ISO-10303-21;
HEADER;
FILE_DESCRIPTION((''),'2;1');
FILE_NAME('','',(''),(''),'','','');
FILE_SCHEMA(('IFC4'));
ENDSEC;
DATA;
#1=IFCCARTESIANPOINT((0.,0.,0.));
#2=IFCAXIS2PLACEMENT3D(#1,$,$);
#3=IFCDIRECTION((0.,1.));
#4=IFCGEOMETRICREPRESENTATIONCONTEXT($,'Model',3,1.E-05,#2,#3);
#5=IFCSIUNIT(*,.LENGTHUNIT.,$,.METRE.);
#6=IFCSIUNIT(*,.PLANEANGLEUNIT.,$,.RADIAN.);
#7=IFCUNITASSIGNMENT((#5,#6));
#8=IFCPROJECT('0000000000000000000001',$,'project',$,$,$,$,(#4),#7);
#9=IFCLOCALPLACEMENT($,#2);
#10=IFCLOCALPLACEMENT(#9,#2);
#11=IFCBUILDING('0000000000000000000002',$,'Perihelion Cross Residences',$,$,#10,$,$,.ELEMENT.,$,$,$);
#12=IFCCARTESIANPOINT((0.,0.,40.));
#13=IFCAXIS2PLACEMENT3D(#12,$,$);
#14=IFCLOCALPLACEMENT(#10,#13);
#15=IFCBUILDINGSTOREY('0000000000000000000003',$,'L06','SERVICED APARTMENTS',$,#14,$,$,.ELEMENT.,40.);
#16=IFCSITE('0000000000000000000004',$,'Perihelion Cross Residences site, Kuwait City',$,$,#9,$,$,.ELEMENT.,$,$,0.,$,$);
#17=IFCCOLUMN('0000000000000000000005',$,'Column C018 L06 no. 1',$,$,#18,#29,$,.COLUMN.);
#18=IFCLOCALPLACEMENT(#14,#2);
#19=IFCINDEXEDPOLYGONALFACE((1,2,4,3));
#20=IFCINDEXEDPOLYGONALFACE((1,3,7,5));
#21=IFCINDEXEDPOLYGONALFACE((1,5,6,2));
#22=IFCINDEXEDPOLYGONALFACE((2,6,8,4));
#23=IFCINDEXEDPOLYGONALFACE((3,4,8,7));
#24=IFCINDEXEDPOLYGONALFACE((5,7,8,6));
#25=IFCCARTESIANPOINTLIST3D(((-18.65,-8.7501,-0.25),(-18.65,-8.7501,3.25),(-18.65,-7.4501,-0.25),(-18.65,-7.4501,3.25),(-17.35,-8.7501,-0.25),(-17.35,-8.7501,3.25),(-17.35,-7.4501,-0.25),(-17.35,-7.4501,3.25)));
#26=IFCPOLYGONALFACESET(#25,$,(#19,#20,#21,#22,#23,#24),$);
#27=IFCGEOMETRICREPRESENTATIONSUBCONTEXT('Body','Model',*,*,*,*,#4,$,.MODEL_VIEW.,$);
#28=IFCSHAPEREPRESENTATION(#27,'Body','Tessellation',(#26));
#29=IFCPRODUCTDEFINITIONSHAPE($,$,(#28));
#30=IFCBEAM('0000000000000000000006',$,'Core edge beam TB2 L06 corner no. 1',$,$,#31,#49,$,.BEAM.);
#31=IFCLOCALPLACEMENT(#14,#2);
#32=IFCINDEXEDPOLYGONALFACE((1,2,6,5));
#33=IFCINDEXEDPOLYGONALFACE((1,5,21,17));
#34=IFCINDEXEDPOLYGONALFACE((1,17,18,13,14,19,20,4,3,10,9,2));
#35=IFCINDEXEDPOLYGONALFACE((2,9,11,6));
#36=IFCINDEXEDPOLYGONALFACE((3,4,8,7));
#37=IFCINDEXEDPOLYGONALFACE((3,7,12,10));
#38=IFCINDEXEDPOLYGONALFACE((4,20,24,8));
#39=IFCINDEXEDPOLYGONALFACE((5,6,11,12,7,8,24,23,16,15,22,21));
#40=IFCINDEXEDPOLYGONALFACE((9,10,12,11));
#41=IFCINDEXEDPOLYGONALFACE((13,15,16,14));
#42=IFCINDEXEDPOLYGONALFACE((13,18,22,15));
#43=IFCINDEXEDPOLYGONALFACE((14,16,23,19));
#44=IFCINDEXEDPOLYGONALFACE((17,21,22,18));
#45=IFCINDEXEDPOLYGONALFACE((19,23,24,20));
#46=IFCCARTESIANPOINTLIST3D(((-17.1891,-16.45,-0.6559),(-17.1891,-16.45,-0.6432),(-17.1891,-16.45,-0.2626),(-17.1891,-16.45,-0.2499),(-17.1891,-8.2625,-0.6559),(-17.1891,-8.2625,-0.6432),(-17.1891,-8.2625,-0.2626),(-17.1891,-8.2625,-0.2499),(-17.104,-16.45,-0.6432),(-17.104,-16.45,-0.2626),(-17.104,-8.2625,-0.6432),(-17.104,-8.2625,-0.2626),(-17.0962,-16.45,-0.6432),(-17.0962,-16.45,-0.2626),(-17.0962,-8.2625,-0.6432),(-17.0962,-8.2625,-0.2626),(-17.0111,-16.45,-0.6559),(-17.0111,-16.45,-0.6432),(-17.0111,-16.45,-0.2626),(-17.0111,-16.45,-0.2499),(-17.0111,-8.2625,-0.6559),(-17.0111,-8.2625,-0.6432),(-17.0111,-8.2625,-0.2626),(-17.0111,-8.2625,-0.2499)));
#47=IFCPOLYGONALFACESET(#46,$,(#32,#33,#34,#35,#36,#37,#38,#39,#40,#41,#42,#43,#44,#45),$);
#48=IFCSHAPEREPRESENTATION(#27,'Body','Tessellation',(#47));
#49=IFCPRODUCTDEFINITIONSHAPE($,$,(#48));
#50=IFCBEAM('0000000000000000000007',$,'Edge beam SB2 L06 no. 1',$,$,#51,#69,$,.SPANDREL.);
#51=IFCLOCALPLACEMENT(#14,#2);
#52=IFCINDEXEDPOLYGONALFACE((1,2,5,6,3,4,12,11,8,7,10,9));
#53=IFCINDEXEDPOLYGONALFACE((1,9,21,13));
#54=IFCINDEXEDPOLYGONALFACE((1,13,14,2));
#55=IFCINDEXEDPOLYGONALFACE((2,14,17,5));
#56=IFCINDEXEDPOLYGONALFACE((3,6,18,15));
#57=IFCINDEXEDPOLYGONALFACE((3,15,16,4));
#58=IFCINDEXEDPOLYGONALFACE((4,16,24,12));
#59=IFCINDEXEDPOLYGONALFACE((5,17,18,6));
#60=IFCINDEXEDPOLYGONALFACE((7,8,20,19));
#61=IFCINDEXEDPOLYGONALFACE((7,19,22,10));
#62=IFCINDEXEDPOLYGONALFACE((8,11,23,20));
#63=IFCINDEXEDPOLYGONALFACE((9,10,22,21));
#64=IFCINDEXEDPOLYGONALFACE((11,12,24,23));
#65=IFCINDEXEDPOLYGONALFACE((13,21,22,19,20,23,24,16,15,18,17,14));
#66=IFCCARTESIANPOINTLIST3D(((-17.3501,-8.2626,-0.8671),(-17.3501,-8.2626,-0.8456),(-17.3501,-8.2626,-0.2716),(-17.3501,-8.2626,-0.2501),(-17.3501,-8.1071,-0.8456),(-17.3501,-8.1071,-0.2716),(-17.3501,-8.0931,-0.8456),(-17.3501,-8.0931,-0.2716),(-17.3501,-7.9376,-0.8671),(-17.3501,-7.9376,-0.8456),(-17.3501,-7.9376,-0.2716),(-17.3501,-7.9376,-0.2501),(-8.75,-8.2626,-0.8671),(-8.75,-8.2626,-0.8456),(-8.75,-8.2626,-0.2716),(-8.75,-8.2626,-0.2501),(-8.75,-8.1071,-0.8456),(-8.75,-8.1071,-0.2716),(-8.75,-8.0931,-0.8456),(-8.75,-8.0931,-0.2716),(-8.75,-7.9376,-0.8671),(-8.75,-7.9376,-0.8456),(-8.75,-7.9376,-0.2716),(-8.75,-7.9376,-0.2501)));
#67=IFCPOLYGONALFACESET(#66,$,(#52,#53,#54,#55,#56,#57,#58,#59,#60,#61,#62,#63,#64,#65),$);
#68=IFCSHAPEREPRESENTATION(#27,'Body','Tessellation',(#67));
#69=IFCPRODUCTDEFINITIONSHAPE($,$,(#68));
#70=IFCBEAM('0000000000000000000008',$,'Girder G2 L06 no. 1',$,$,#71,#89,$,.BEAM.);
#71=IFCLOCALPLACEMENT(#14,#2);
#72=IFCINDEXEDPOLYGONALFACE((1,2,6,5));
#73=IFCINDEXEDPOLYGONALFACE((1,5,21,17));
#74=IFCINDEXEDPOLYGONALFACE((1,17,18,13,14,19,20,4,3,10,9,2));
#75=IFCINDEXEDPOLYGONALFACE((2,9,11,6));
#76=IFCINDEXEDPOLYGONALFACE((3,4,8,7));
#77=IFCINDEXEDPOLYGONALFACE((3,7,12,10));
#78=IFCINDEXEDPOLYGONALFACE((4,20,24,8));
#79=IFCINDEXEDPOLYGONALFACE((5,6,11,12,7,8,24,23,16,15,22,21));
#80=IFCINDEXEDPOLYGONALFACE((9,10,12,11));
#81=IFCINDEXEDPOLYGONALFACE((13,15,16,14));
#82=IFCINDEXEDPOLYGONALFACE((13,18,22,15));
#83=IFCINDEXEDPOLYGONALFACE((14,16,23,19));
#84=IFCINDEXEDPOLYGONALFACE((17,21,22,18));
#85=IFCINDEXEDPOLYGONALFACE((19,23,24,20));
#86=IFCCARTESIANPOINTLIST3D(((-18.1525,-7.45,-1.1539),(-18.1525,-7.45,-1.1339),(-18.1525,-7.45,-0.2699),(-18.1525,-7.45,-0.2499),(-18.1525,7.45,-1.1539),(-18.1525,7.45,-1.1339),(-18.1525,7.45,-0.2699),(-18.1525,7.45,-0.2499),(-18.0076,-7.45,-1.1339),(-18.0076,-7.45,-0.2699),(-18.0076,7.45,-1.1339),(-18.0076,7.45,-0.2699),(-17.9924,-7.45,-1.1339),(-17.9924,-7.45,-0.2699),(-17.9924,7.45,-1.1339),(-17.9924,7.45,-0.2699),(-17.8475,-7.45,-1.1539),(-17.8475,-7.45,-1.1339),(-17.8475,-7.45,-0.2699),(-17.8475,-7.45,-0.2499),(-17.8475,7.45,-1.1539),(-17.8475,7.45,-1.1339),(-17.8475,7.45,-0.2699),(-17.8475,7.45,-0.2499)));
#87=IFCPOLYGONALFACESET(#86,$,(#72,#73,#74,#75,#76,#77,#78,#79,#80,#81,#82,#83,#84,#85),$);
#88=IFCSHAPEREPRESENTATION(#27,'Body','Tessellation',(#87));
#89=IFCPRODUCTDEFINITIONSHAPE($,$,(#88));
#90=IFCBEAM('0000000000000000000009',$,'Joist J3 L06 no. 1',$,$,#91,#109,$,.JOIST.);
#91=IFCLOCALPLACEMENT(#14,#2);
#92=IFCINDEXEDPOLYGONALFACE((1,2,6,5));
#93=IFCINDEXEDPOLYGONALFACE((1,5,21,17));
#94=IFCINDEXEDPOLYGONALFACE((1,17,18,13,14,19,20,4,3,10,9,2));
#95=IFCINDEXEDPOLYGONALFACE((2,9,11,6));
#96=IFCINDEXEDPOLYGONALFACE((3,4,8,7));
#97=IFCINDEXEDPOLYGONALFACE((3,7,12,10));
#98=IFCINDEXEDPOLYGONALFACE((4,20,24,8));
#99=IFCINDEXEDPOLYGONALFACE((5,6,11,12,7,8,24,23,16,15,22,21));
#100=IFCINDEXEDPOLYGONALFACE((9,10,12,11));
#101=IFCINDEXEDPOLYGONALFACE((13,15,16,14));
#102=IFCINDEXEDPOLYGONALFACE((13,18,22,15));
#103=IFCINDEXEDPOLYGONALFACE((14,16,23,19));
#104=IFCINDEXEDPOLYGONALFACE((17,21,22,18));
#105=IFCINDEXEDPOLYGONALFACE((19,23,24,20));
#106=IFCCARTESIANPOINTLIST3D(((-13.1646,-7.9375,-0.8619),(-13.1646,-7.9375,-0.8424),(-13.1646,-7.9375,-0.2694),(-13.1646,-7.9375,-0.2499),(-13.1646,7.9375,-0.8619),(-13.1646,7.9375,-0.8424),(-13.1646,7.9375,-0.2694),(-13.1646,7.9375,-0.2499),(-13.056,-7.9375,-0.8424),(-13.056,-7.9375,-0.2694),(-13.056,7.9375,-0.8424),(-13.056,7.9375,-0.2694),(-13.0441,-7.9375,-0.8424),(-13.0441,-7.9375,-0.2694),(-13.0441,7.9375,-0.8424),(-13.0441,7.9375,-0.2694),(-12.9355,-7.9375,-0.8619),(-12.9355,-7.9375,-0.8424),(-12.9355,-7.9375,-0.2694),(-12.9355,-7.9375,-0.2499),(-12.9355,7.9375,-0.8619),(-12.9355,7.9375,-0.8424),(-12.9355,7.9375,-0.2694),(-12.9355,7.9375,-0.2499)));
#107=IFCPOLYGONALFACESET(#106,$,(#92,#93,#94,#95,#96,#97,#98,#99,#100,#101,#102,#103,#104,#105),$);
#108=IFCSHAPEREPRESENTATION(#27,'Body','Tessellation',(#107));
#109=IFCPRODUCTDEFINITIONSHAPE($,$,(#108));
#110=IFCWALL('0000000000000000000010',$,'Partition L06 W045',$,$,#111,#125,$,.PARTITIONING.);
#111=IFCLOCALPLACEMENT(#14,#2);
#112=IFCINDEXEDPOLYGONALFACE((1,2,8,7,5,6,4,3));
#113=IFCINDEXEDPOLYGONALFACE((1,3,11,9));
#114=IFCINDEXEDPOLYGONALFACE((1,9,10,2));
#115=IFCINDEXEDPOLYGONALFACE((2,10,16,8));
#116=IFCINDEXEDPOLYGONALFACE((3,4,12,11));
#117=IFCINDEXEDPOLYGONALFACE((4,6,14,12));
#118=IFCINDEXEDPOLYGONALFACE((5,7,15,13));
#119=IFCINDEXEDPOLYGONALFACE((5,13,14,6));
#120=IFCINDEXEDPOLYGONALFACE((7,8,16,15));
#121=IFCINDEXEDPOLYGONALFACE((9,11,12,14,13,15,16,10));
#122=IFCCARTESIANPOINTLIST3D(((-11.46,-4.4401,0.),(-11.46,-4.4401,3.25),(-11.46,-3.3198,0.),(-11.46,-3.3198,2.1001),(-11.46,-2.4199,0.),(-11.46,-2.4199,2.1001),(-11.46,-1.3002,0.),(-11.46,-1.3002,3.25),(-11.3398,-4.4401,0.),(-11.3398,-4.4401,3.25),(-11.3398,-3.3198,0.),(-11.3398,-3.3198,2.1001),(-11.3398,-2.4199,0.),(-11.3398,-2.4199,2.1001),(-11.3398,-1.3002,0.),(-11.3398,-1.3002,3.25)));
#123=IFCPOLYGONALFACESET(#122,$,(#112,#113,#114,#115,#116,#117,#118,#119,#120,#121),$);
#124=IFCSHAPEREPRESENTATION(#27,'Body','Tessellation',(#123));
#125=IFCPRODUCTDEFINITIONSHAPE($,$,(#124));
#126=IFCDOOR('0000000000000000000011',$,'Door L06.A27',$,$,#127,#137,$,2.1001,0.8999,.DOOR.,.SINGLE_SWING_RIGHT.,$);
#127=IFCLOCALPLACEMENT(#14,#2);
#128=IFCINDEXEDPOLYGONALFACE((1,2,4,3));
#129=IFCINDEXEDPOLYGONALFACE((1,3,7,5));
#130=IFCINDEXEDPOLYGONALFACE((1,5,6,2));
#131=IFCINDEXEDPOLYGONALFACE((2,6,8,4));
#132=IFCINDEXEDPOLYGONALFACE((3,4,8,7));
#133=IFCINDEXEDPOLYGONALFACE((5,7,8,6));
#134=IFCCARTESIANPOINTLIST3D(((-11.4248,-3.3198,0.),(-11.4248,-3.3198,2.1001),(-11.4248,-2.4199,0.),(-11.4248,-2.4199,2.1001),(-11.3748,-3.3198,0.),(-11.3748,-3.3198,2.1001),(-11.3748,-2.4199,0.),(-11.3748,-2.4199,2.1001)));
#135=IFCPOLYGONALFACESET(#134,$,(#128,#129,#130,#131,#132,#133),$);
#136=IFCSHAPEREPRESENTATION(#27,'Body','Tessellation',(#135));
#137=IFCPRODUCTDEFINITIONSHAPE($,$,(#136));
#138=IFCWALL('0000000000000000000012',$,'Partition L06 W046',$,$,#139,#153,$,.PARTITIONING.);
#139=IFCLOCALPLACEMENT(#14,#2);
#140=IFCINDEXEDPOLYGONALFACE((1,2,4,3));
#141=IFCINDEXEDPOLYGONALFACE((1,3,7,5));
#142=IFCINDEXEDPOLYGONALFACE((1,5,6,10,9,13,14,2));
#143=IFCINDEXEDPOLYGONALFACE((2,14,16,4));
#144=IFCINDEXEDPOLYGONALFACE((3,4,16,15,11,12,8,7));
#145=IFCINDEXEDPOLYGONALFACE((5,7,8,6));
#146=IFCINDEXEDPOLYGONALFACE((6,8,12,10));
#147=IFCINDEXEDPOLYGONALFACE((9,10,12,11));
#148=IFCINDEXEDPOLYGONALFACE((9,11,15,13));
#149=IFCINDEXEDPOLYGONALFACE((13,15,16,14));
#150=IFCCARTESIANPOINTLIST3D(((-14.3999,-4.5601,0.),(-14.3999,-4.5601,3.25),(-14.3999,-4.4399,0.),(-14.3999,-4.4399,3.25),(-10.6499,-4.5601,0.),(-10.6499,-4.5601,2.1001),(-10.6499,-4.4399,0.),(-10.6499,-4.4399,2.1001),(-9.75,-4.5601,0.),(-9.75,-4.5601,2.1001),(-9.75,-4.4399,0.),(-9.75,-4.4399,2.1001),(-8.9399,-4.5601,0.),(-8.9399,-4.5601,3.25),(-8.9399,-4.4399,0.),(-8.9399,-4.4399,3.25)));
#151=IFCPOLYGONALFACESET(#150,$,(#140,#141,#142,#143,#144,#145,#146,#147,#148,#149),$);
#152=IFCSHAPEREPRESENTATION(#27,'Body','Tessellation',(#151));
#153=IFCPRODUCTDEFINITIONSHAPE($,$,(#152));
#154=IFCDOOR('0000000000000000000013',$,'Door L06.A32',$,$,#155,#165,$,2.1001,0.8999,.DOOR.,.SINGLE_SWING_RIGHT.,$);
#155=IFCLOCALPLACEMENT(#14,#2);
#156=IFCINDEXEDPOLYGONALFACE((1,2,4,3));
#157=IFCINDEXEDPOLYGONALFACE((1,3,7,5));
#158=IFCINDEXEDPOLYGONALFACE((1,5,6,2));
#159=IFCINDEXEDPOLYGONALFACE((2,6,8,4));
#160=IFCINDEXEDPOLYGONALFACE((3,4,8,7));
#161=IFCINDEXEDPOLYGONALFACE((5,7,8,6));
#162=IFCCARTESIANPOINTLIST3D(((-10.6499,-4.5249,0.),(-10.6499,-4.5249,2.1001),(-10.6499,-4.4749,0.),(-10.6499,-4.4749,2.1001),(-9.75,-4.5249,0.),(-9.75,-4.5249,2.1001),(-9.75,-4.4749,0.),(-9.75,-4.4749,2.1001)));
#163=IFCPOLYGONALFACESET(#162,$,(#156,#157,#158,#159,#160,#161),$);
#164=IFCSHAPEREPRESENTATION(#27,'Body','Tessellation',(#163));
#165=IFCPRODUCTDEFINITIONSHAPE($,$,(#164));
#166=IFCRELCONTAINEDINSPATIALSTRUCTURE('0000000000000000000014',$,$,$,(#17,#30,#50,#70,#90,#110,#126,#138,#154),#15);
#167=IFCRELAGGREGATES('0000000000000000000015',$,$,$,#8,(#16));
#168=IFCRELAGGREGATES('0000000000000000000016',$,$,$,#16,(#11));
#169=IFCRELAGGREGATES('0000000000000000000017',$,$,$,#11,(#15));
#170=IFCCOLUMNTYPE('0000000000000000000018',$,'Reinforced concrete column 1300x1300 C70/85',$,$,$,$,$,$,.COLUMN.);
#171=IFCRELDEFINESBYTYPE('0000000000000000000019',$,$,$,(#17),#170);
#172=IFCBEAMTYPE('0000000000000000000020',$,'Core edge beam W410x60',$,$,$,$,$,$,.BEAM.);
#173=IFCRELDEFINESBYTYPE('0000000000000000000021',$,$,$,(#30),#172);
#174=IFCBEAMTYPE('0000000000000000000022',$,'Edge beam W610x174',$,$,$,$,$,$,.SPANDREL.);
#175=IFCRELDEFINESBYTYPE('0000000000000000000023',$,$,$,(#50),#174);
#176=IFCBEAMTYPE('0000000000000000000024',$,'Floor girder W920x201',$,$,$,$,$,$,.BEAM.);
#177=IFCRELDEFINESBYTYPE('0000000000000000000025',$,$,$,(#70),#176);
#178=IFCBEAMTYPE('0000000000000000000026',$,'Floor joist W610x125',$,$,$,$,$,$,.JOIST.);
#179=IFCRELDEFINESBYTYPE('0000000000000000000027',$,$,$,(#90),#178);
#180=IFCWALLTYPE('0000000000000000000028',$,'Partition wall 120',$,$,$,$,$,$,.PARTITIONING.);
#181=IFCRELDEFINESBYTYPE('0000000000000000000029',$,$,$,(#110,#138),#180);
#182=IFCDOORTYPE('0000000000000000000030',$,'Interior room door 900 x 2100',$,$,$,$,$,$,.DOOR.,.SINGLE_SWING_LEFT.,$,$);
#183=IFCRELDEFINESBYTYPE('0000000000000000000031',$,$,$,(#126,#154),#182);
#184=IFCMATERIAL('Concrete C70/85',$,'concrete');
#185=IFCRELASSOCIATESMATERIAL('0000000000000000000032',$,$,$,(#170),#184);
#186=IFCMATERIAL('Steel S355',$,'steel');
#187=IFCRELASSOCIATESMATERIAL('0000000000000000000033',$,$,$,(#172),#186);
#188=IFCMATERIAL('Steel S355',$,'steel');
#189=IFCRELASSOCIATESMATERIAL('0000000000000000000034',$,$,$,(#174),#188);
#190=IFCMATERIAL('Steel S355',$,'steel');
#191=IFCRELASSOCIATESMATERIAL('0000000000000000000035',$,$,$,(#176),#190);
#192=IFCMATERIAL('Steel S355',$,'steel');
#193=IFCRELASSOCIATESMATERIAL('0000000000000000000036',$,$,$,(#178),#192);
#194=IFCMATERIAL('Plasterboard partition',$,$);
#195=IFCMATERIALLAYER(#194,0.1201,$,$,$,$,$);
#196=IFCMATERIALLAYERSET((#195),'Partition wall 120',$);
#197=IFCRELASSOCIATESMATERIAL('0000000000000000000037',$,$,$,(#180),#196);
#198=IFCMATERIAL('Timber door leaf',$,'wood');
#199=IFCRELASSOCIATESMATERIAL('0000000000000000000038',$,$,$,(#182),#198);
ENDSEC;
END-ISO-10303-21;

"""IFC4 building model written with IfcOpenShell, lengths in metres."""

from ifc_helpers import new_model, si_unit, direction, frame, frame_2d, origin, origin_2d, place, context, subcontext, project, spatial, rectangle, i_section, extrude, material, layer, layer_set, material_profile, profile_set, type_object, element, fill, save


model = new_model("IFC4")

# Units and contexts
model_context = context("Model", 3, precision=1e-05, world=origin(), true_north=direction((0.0, 1.0)))
body_context = subcontext(model_context, "Body", "Model", "MODEL_VIEW")
ifc_project = project(units=[si_unit("LENGTHUNIT", "METRE"), si_unit("PLANEANGLEUNIT", "RADIAN")], contexts=[model_context])

# Site, building, storey
site_placement = place(None, origin())
site = spatial("IfcSite", under=ifc_project, at=site_placement, Name="Perihelion Cross Residences site, Kuwait City", CompositionType="ELEMENT", RefElevation=0.0)
building_placement = place(site_placement, origin())
building = spatial("IfcBuilding", under=site, at=building_placement, Name="Perihelion Cross Residences", CompositionType="ELEMENT")
storey_placement = place(building_placement, frame((0.0, 0.0, 40.0)))
storey = spatial("IfcBuildingStorey", under=building, at=storey_placement, Name="L06", Description="SERVICED APARTMENTS", CompositionType="ELEMENT", Elevation=40.0)

# Column
ifc_material_1 = material(Name="Concrete C70/85", Category="concrete")
ifc_material_profile_1 = material_profile(ifc_material_1, rectangle(XDim=1.3, YDim=1.3, at=origin_2d()), Name="RC 1300x1300")
ifc_profile_set_1 = profile_set([ifc_material_profile_1], Name="Concrete C70/85")
column_type = type_object("IfcColumnType", Name="Reinforced concrete column 1300x1300 C70/85", PredefinedType="COLUMN", material=ifc_profile_set_1)
column_placement = place(storey_placement, frame((-18.0, -8.1001, -0.25), z_axis=(0.0, 0.0, 1.0), x_axis=(1.0, 0.0, 0.0)))
element("IfcColumn", 1, at=column_placement, inside=storey, type_object=column_type, Name="Column C018 L06 no. 1", PredefinedType="COLUMN", context=body_context, shape_type="SweptSolid", body=[
    extrude(rectangle(XDim=1.3, YDim=1.3, at=origin_2d()), origin(), (0.0, 0.0, 1.0), 3.5),
])

# Beams
ifc_material_2 = material(Name="Steel S355", Category="steel")
ifc_material_profile_2 = material_profile(ifc_material_2, i_section(OverallWidth=0.178, OverallDepth=0.406, WebThickness=0.0078, FlangeThickness=0.0127, at=origin_2d()), Name="W410x60")
ifc_profile_set_2 = profile_set([ifc_material_profile_2], Name="Steel S355")
beam_type_1 = type_object("IfcBeamType", Name="Core edge beam W410x60", PredefinedType="BEAM", material=ifc_profile_set_2)
beam_1_placement = place(storey_placement, frame((-17.1001, -8.2625, -0.4529), z_axis=(0.0, -1.0, 0.0), x_axis=(1.0, 0.0, 0.0)))
element("IfcBeam", 2, at=beam_1_placement, inside=storey, type_object=beam_type_1, Name="Core edge beam TB2 L06 corner no. 1", PredefinedType="BEAM", context=body_context, shape_type="SweptSolid", body=[
    extrude(i_section(OverallWidth=0.178, OverallDepth=0.406, WebThickness=0.0078, FlangeThickness=0.0127, at=origin_2d()), origin(), (0.0, 0.0, 1.0), 8.1875),
])
ifc_material_3 = material(Name="Steel S355", Category="steel")
ifc_material_profile_3 = material_profile(ifc_material_3, i_section(OverallWidth=0.325, OverallDepth=0.6169, WebThickness=0.0139, FlangeThickness=0.0215, at=origin_2d()), Name="W610x174")
ifc_profile_set_3 = profile_set([ifc_material_profile_3], Name="Steel S355")
beam_type_2 = type_object("IfcBeamType", Name="Edge beam W610x174", PredefinedType="SPANDREL", material=ifc_profile_set_3)
beam_2_placement = place(storey_placement, frame((-17.3501, -8.1001, -0.5586), z_axis=(1.0, 0.0, 0.0), x_axis=(0.0, 1.0, 0.0)))
element("IfcBeam", 3, at=beam_2_placement, inside=storey, type_object=beam_type_2, Name="Edge beam SB2 L06 no. 1", PredefinedType="SPANDREL", context=body_context, shape_type="SweptSolid", body=[
    extrude(i_section(OverallWidth=0.325, OverallDepth=0.6169, WebThickness=0.0139, FlangeThickness=0.0215, at=origin_2d()), origin(), (0.0, 0.0, 1.0), 8.6001),
])
ifc_material_4 = material(Name="Steel S355", Category="steel")
ifc_material_profile_4 = material_profile(ifc_material_4, i_section(OverallWidth=0.3049, OverallDepth=0.9041, WebThickness=0.0151, FlangeThickness=0.02, at=origin_2d()), Name="W920x201")
ifc_profile_set_4 = profile_set([ifc_material_profile_4], Name="Steel S355")
beam_type_3 = type_object("IfcBeamType", Name="Floor girder W920x201", PredefinedType="BEAM", material=ifc_profile_set_4)
beam_3_placement = place(storey_placement, frame((-18.0, -7.45, -0.7019), z_axis=(0.0, 1.0, 0.0), x_axis=(-1.0, 0.0, 0.0)))
element("IfcBeam", 4, at=beam_3_placement, inside=storey, type_object=beam_type_3, Name="Girder G2 L06 no. 1", PredefinedType="BEAM", context=body_context, shape_type="SweptSolid", body=[
    extrude(i_section(OverallWidth=0.3049, OverallDepth=0.9041, WebThickness=0.0151, FlangeThickness=0.02, at=origin_2d()), origin(), (0.0, 0.0, 1.0), 14.8999),
])
ifc_material_5 = material(Name="Steel S355", Category="steel")
ifc_material_profile_5 = material_profile(ifc_material_5, i_section(OverallWidth=0.229, OverallDepth=0.6121, WebThickness=0.012, FlangeThickness=0.0195, at=origin_2d()), Name="W610x125")
ifc_profile_set_5 = profile_set([ifc_material_profile_5], Name="Steel S355")
beam_type_4 = type_object("IfcBeamType", Name="Floor joist W610x125", PredefinedType="JOIST", material=ifc_profile_set_5)
beam_4_placement = place(storey_placement, frame((-13.05, -7.9375, -0.5559), z_axis=(0.0, 1.0, 0.0), x_axis=(-1.0, 0.0, 0.0)))
element("IfcBeam", 5, at=beam_4_placement, inside=storey, type_object=beam_type_4, Name="Joist J3 L06 no. 1", PredefinedType="JOIST", context=body_context, shape_type="SweptSolid", body=[
    extrude(i_section(OverallWidth=0.229, OverallDepth=0.6121, WebThickness=0.012, FlangeThickness=0.0195, at=origin_2d()), origin(), (0.0, 0.0, 1.0), 15.875),
])

# Walls, openings, doors
ifc_material_6 = material(Name="Plasterboard partition")
ifc_layer_1 = layer(ifc_material_6, 0.1201)
ifc_layer_set_1 = layer_set([ifc_layer_1], Name="Partition wall 120")
wall_type_1 = type_object("IfcWallType", Name="Partition wall 120", PredefinedType="PARTITIONING", material=ifc_layer_set_1)
wall_1_placement = place(storey_placement, frame((-11.3999, -4.4399, 0.0), z_axis=(0.0, 0.0, 1.0), x_axis=(0.0, 1.0, 0.0)))
wall_1 = element("IfcWall", 6, at=wall_1_placement, inside=storey, type_object=wall_type_1, Name="Partition L06 W045", PredefinedType="PARTITIONING", context=body_context, shape_type="SweptSolid", body=[
    extrude(rectangle(XDim=3.1399, YDim=0.1201, at=frame_2d((1.5698, 0.0))), origin(), (0.0, 0.0, 1.0), 3.25),
])
opening_1_placement = place(wall_1_placement, frame((1.1201, 0.0, 0.0)))
opening_1 = element("IfcOpeningElement", 7, at=opening_1_placement, cuts=wall_1, PredefinedType="OPENING", context=body_context, shape_type="SweptSolid", body=[
    extrude(rectangle(XDim=0.8999, YDim=2.1001, at=frame_2d((0.45, 1.05))), frame((0.0, 0.0701, 0.0), z_axis=(0.0, -1.0, 0.0), x_axis=(1.0, 0.0, 0.0)), (0.0, 0.0, 1.0), 0.1401),
])
ifc_material_7 = material(Name="Timber door leaf", Category="wood")
door_type_1 = type_object("IfcDoorType", Name="Interior room door 900 x 2100", OperationType="SINGLE_SWING_LEFT", PredefinedType="DOOR", material=ifc_material_7)
door_1_placement = place(opening_1_placement, origin())
door_1 = element("IfcDoor", 8, at=door_1_placement, inside=storey, type_object=door_type_1, Name="Door L06.A27", OperationType="SINGLE_SWING_RIGHT", OverallHeight=2.1001, OverallWidth=0.8999, PredefinedType="DOOR", context=body_context, shape_type="SweptSolid", body=[
    extrude(rectangle(XDim=0.8999, YDim=2.1001, at=frame_2d((0.45, 1.05))), frame((0.0, 0.0249, 0.0), z_axis=(0.0, -1.0, 0.0), x_axis=(1.0, 0.0, 0.0)), (0.0, 0.0, 1.0), 0.05),
])
fill(opening_1, door_1)
wall_2_placement = place(storey_placement, frame((-8.9399, -4.5, 0.0), z_axis=(0.0, 0.0, 1.0), x_axis=(-1.0, 0.0, 0.0)))
wall_2 = element("IfcWall", 9, at=wall_2_placement, inside=storey, type_object=wall_type_1, Name="Partition L06 W046", PredefinedType="PARTITIONING", context=body_context, shape_type="SweptSolid", body=[
    extrude(rectangle(XDim=5.46, YDim=0.1201, at=frame_2d((2.73, 0.0))), origin(), (0.0, 0.0, 1.0), 3.25),
])
opening_2_placement = place(wall_2_placement, frame((0.8101, 0.0, 0.0)))
opening_2 = element("IfcOpeningElement", 10, at=opening_2_placement, cuts=wall_2, PredefinedType="OPENING", context=body_context, shape_type="SweptSolid", body=[
    extrude(rectangle(XDim=0.8999, YDim=2.1001, at=frame_2d((0.45, 1.05))), frame((0.0, 0.0701, 0.0), z_axis=(0.0, -1.0, 0.0), x_axis=(1.0, 0.0, 0.0)), (0.0, 0.0, 1.0), 0.1401),
])
door_2_placement = place(opening_2_placement, origin())
door_2 = element("IfcDoor", 11, at=door_2_placement, inside=storey, type_object=door_type_1, Name="Door L06.A32", OperationType="SINGLE_SWING_RIGHT", OverallHeight=2.1001, OverallWidth=0.8999, PredefinedType="DOOR", context=body_context, shape_type="SweptSolid", body=[
    extrude(rectangle(XDim=0.8999, YDim=2.1001, at=frame_2d((0.45, 1.05))), frame((0.0, 0.0249, 0.0), z_axis=(0.0, -1.0, 0.0), x_axis=(1.0, 0.0, 0.0)), (0.0, 0.0, 1.0), 0.05),
])
fill(opening_2, door_2)

save(model, "model.ifc")
